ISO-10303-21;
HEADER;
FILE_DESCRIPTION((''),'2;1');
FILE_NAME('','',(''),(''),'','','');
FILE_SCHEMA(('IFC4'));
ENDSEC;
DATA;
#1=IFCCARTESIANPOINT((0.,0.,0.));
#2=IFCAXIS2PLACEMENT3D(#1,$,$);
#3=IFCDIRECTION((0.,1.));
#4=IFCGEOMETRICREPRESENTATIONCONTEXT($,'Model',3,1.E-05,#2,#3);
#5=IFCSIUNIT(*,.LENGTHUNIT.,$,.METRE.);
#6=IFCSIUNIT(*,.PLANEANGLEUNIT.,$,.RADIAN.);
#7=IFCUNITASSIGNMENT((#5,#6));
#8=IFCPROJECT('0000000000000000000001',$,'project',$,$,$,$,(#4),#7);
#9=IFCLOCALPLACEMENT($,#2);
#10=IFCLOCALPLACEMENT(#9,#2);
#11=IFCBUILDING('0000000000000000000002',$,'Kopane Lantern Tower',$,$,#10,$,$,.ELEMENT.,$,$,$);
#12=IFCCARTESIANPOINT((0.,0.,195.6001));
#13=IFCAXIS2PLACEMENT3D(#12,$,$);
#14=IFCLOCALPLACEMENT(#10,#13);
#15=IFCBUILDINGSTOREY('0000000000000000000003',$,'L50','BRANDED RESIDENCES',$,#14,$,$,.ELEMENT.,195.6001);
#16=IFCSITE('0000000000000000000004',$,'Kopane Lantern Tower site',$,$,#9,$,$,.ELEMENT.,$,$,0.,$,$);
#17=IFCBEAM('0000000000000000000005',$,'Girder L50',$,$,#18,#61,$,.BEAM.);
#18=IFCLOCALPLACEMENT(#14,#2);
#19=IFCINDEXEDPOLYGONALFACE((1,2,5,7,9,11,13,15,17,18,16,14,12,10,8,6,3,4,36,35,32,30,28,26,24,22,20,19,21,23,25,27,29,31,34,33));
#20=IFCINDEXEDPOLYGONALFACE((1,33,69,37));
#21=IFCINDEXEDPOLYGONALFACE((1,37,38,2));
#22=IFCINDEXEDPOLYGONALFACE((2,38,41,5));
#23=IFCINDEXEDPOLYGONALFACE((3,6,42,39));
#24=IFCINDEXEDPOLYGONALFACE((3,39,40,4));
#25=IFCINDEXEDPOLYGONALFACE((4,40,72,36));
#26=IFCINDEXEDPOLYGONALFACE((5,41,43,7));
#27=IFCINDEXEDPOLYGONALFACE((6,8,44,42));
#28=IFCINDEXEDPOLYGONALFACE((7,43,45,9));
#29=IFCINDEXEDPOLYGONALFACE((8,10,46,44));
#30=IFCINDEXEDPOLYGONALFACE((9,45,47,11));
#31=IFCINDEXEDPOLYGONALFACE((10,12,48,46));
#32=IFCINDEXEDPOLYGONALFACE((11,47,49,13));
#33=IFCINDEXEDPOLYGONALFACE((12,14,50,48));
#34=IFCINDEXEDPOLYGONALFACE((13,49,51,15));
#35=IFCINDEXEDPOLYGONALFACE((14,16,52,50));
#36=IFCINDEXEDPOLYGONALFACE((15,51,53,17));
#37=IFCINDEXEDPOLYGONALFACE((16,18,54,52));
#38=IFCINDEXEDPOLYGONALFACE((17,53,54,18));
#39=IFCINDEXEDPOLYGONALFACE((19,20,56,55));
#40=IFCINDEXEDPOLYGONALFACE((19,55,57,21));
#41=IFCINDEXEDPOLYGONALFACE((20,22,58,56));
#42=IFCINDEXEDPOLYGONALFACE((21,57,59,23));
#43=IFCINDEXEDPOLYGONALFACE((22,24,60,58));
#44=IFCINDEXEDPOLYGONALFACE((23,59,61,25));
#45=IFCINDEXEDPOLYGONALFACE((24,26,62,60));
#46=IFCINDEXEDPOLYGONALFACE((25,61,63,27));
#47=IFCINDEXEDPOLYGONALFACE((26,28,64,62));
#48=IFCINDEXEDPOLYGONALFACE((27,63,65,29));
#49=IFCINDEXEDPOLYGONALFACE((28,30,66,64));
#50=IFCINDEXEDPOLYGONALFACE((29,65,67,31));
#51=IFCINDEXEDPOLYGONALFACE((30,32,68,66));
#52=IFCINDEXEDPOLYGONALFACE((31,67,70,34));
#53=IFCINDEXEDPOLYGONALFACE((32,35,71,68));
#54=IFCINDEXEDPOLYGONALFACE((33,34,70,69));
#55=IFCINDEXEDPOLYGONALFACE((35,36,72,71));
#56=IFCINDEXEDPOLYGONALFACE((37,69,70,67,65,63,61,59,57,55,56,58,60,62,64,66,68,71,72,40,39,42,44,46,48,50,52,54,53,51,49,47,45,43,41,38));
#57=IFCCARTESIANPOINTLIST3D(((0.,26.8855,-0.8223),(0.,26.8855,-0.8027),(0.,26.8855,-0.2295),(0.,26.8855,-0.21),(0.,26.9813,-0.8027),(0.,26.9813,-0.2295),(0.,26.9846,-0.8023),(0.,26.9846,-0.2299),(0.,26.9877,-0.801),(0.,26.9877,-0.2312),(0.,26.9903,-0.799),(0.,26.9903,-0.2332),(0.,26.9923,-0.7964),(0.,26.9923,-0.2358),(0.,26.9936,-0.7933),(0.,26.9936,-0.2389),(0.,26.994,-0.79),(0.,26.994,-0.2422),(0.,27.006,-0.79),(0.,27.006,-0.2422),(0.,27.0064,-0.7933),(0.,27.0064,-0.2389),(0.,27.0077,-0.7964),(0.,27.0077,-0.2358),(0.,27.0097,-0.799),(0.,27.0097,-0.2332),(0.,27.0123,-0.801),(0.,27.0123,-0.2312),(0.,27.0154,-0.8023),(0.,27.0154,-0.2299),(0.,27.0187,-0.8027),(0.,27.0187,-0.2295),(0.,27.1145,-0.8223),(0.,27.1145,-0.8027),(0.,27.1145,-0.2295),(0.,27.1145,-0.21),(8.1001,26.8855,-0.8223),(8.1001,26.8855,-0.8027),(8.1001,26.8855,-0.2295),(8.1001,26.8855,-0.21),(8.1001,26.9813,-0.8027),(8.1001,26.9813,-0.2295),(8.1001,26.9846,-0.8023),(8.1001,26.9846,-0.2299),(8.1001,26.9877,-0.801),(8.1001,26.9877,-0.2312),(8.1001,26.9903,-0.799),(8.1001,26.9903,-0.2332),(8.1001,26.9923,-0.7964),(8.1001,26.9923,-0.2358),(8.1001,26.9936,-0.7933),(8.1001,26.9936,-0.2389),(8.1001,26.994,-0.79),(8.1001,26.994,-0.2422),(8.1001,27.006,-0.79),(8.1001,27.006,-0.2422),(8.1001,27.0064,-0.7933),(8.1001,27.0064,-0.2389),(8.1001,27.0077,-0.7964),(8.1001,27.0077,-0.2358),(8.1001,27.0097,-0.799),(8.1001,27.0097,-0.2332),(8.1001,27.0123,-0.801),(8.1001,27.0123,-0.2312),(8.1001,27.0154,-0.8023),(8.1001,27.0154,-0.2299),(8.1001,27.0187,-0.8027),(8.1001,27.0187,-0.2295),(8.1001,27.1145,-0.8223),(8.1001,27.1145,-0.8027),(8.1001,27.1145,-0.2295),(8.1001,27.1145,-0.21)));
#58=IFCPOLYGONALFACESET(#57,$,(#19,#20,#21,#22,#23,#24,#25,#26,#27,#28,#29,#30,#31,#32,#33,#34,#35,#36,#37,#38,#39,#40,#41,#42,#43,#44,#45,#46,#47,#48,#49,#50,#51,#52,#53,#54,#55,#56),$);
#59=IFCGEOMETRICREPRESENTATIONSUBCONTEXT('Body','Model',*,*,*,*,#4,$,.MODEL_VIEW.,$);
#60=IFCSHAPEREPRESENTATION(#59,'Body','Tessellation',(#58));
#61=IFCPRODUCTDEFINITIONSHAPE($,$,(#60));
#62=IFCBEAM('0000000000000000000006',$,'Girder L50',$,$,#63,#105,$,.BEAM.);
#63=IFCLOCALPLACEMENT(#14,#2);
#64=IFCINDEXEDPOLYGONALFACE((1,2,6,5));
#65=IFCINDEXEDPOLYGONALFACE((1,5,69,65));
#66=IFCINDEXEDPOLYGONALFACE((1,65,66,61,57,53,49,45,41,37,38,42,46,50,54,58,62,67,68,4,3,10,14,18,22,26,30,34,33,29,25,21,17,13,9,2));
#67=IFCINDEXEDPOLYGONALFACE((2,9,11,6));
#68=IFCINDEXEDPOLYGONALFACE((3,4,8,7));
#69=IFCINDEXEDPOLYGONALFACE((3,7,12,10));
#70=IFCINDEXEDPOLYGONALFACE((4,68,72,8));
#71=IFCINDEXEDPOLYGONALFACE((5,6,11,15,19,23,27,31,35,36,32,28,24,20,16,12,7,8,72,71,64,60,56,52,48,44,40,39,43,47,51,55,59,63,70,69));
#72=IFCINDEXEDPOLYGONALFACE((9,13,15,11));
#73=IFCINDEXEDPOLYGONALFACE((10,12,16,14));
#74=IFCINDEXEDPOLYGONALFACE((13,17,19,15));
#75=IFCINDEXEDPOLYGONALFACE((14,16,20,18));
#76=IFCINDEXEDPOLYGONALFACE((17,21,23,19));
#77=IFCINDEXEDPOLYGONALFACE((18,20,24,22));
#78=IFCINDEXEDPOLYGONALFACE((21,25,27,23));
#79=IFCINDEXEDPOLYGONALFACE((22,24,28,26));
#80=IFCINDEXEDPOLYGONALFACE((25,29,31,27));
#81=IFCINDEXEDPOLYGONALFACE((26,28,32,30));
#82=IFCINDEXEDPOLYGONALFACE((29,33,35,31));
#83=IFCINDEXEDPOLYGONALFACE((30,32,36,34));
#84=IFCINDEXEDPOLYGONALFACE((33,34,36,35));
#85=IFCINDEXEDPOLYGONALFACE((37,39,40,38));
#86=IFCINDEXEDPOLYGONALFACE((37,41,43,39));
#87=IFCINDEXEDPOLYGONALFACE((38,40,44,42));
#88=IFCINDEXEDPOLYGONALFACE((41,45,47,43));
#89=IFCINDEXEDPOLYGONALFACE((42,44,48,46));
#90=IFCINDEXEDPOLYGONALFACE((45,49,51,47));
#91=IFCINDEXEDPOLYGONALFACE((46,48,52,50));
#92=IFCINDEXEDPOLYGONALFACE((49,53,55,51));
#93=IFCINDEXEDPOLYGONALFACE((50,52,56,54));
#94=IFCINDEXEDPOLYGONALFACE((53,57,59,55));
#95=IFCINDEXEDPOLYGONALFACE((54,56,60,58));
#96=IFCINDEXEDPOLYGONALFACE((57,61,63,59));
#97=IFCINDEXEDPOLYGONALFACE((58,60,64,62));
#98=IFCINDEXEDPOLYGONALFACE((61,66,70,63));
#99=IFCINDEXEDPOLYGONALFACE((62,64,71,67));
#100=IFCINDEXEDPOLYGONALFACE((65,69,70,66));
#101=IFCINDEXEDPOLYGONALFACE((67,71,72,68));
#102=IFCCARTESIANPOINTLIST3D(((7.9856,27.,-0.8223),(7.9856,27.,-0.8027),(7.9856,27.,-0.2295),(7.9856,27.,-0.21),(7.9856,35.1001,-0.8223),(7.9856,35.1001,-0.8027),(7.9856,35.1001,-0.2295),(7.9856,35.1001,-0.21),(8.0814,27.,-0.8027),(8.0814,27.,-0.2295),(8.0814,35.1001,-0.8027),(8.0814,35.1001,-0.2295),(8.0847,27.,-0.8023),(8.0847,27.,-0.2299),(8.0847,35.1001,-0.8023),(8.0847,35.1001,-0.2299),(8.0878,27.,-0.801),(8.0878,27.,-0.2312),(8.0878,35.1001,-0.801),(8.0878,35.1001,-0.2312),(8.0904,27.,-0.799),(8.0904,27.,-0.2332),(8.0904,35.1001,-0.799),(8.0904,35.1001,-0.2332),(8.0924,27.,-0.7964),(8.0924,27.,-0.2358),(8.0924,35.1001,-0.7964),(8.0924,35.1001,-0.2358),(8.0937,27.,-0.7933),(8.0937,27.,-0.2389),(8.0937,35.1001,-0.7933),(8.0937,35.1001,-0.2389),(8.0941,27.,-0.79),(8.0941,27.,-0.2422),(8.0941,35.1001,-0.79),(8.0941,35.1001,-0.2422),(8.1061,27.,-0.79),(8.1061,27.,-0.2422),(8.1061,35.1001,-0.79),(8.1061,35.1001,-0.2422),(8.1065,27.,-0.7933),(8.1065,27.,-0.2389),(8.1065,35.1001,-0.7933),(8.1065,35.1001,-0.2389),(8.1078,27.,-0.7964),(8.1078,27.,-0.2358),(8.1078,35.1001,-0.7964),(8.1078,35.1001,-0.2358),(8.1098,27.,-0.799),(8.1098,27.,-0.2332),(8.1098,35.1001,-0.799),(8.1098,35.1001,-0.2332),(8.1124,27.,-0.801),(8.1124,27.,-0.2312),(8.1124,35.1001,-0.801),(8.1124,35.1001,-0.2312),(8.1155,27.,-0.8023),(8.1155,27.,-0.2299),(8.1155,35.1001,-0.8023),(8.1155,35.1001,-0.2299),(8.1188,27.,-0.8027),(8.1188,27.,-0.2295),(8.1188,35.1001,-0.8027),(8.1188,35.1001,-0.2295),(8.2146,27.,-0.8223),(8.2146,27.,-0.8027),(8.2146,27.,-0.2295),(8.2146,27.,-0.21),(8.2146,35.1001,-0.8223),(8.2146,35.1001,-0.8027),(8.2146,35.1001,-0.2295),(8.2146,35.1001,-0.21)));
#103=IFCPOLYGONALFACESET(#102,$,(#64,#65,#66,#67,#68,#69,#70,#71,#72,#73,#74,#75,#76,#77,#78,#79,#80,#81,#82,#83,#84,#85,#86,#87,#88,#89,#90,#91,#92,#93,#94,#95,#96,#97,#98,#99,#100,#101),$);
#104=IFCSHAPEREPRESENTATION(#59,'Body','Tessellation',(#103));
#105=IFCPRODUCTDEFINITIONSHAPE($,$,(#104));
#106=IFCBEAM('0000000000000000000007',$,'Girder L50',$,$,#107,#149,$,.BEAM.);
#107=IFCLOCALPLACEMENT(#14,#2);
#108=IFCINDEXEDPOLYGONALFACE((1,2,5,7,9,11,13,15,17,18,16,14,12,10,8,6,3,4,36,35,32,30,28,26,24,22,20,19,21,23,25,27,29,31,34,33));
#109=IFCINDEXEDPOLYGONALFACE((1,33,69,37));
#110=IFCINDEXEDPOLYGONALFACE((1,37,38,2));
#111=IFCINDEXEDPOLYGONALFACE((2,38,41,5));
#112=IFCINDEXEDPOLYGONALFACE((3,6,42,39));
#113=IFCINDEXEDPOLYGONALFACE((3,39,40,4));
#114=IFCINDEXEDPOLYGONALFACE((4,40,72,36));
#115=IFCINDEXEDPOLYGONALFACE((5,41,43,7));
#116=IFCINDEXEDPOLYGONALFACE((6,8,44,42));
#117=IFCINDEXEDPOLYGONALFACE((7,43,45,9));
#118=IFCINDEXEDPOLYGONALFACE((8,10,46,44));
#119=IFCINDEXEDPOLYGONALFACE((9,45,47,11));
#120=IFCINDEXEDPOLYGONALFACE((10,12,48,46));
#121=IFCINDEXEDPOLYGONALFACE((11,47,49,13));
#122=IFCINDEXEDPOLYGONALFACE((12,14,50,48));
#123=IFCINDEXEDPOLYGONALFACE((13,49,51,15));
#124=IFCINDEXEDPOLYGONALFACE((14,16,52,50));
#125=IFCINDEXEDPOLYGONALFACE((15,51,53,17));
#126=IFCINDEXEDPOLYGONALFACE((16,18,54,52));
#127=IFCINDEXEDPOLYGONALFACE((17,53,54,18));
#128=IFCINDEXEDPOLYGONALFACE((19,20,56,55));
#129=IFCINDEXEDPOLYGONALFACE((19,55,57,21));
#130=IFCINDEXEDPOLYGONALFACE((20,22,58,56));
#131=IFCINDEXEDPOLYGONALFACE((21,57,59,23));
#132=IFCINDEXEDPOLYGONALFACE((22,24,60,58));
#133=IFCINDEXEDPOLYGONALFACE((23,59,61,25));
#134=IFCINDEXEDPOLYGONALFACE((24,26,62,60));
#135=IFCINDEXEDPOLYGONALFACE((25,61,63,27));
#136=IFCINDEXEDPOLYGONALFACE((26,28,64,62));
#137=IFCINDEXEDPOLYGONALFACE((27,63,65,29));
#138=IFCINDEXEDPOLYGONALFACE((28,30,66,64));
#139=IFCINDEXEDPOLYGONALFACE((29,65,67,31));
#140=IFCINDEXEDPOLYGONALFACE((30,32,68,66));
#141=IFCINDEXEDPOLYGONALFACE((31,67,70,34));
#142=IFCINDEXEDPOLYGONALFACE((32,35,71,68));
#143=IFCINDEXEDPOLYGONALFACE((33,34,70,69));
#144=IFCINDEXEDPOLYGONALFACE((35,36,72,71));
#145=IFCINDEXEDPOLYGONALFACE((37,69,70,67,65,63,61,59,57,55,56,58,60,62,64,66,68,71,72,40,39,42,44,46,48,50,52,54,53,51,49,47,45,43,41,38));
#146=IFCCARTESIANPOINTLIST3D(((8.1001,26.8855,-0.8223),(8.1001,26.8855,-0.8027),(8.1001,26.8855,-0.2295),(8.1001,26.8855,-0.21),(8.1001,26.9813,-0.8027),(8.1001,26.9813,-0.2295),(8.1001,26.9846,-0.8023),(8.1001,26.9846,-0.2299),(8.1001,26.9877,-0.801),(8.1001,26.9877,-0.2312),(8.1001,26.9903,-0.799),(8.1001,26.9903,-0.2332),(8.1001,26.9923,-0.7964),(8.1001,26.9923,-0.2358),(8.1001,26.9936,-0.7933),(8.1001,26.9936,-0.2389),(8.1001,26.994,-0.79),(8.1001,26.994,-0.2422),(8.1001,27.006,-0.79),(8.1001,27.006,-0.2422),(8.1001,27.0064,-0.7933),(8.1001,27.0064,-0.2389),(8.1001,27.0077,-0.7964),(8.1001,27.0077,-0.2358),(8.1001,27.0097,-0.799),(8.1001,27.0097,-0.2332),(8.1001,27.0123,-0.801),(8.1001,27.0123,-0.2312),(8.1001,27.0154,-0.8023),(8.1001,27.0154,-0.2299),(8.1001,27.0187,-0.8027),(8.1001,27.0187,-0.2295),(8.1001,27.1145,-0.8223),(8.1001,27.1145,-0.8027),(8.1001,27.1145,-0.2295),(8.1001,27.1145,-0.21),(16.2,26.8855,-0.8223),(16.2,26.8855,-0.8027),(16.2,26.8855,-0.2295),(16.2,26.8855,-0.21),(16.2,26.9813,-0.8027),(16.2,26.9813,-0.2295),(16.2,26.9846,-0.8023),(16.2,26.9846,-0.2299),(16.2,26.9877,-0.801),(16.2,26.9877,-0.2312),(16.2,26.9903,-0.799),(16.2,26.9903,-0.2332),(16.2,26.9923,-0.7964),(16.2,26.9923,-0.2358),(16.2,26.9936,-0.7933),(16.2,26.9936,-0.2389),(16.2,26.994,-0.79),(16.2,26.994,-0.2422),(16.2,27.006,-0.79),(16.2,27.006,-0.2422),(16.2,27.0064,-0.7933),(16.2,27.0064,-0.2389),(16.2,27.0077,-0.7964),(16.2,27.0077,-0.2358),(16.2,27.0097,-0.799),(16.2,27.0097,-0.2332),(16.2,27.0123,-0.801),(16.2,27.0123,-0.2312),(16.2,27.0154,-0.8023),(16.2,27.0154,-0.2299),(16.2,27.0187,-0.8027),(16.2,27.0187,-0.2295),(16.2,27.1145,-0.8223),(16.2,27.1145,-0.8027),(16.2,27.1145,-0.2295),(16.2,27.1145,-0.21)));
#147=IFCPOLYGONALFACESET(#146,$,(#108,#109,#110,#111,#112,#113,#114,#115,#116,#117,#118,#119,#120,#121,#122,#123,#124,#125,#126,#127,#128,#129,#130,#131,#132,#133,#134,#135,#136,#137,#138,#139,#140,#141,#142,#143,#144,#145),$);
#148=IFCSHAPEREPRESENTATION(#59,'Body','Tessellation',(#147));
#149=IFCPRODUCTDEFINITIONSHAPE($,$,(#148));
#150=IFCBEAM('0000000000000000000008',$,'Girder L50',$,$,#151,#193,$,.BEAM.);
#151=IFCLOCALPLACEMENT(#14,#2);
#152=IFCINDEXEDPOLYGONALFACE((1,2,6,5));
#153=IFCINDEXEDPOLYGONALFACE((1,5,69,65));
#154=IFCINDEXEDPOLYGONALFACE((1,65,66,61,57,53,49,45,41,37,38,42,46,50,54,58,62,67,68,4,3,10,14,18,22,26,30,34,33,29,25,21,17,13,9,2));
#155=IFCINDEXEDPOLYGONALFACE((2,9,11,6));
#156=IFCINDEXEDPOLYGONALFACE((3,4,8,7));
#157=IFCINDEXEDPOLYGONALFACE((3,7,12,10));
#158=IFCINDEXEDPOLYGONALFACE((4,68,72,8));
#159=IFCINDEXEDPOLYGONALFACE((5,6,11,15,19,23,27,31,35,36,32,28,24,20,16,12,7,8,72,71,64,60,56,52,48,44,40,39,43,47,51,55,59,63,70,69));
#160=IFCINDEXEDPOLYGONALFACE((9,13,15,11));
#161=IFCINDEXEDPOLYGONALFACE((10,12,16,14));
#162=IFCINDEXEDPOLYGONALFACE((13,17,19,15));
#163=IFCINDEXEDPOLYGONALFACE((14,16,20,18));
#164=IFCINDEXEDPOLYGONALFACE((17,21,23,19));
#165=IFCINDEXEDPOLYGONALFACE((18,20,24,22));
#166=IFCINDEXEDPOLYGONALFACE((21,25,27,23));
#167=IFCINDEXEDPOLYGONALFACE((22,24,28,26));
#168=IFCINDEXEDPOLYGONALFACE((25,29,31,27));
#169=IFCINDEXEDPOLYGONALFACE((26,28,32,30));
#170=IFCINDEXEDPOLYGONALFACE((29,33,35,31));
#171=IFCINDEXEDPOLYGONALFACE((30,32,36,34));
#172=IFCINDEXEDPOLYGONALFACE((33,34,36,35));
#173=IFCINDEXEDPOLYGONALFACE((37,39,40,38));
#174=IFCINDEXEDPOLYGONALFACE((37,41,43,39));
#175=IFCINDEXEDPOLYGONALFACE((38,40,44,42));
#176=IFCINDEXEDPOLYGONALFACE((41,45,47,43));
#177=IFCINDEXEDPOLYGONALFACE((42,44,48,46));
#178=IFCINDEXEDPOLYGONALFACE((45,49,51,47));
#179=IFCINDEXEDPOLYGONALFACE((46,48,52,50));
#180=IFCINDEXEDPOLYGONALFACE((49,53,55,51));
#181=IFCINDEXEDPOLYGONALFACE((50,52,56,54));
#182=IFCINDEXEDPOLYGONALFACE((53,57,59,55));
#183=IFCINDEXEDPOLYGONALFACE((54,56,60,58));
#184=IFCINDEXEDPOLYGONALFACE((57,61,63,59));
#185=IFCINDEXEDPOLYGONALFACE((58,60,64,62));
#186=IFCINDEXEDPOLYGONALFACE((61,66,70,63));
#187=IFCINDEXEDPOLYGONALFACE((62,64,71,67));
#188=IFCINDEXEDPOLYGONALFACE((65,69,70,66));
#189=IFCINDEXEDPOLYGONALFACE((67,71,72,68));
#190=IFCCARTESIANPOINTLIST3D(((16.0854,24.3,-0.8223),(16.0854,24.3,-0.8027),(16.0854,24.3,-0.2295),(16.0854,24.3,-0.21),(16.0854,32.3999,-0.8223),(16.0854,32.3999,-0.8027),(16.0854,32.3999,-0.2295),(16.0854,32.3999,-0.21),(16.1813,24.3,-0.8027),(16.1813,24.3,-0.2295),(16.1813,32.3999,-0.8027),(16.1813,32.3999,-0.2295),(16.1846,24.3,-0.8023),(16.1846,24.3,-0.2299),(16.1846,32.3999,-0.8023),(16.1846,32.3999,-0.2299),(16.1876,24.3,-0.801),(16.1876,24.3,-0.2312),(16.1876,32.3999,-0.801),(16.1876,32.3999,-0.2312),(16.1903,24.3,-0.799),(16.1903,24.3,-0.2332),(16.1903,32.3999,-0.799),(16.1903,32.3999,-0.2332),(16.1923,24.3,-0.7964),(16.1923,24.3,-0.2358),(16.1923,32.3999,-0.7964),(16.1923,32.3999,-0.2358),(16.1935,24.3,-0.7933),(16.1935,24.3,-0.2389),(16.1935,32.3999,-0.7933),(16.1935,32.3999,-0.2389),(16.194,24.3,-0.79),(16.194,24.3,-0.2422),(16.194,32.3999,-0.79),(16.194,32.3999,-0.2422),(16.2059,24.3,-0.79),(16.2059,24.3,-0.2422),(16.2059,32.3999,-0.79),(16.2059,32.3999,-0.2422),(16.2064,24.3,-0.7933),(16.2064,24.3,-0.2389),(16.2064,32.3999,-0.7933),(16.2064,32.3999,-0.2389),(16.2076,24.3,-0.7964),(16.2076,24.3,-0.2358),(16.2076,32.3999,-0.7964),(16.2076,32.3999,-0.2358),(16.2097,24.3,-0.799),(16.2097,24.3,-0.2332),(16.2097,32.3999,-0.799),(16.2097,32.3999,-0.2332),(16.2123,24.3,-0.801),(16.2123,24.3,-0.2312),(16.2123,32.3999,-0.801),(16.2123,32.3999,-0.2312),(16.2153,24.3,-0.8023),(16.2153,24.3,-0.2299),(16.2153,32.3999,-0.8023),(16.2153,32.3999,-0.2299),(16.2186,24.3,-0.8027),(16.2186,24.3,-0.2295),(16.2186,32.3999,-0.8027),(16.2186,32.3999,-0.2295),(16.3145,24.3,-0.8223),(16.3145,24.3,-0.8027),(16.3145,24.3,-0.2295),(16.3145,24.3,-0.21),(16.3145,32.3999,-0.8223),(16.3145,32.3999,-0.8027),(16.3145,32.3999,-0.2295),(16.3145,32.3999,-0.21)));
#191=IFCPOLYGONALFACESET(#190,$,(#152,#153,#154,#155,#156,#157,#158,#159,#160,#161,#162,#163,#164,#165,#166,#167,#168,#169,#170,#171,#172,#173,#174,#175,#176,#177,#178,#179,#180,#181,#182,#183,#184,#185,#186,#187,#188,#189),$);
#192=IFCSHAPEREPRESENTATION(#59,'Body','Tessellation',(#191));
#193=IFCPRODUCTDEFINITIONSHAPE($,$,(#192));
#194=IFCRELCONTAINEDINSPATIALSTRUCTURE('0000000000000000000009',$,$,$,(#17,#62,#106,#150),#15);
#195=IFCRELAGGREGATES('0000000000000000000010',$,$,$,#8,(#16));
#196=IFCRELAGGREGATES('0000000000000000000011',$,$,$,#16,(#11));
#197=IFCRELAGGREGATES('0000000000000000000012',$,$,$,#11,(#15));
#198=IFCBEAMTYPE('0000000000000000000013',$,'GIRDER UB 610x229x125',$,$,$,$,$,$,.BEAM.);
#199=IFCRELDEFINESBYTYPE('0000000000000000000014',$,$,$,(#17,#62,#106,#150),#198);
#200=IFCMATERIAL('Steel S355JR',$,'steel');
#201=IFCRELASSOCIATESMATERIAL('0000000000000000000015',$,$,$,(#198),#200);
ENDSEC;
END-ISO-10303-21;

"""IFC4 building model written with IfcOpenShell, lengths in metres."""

from ifc_helpers import new_model, si_unit, direction, frame, origin, origin_2d, place, context, subcontext, project, spatial, i_section, extrude, material, material_profile, profile_set, type_object, element, save


model = new_model("IFC4")

# Units and contexts
model_context = context("Model", 3, precision=1e-05, world=origin(), true_north=direction((0.0, 1.0)))
body_context = subcontext(model_context, "Body", "Model", "MODEL_VIEW")
ifc_project = project(units=[si_unit("LENGTHUNIT", "METRE"), si_unit("PLANEANGLEUNIT", "RADIAN")], contexts=[model_context])

# Site, building, storey
site_placement = place(None, origin())
site = spatial("IfcSite", under=ifc_project, at=site_placement, Name="Kopane Lantern Tower site", CompositionType="ELEMENT", RefElevation=0.0)
building_placement = place(site_placement, origin())
building = spatial("IfcBuilding", under=site, at=building_placement, Name="Kopane Lantern Tower", CompositionType="ELEMENT")
storey_placement = place(building_placement, frame((0.0, 0.0, 195.6001)))
storey = spatial("IfcBuildingStorey", under=building, at=storey_placement, Name="L50", Description="BRANDED RESIDENCES", CompositionType="ELEMENT", Elevation=195.6001)

# Beams
ifc_material_1 = material(Name="Steel S355JR", Category="steel")
ifc_material_profile_1 = material_profile(ifc_material_1, i_section(OverallWidth=0.229, OverallDepth=0.6123, WebThickness=0.012, FlangeThickness=0.0195, FilletRadius=0.0127, at=origin_2d()), Name="UB 610x229x125")
ifc_profile_set_1 = profile_set([ifc_material_profile_1], Name="Steel S355JR")
beam_type = type_object("IfcBeamType", Name="GIRDER UB 610x229x125", PredefinedType="BEAM", material=ifc_profile_set_1)
for number, where, z_axis, x_axis, name in (
    (1, (0.0, 27.0, -0.5161), (1.0, 0.0, 0.0), (0.0, 1.0, 0.0), "Girder L50"),
    (2, (8.1001, 27.0, -0.5161), (0.0, 1.0, 0.0), (-1.0, 0.0, 0.0), "Girder L50"),
):
    element("IfcBeam", number, at=place(storey_placement, frame(where, z_axis=z_axis, x_axis=x_axis)), inside=storey, type_object=beam_type, Name=name, PredefinedType="BEAM", context=body_context, shape_type="SweptSolid", body=[
        extrude(i_section(OverallWidth=0.229, OverallDepth=0.6123, WebThickness=0.012, FlangeThickness=0.0195, FilletRadius=0.0127, at=origin_2d()), origin(), (0.0, 0.0, 1.0), 8.1001),
    ])
for number, where, z_axis, x_axis, name in (
    (3, (8.1001, 27.0, -0.5161), (1.0, 0.0, 0.0), (0.0, 1.0, 0.0), "Girder L50"),
    (4, (16.2, 24.3, -0.5161), (0.0, 1.0, 0.0), (-1.0, 0.0, 0.0), "Girder L50"),
):
    element("IfcBeam", number, at=place(storey_placement, frame(where, z_axis=z_axis, x_axis=x_axis)), inside=storey, type_object=beam_type, Name=name, PredefinedType="BEAM", context=body_context, shape_type="SweptSolid", body=[
        extrude(i_section(OverallWidth=0.229, OverallDepth=0.6123, WebThickness=0.012, FlangeThickness=0.0195, FilletRadius=0.0127, at=origin_2d()), origin(), (0.0, 0.0, 1.0), 8.0999),
    ])

save(model, "model.ifc")
